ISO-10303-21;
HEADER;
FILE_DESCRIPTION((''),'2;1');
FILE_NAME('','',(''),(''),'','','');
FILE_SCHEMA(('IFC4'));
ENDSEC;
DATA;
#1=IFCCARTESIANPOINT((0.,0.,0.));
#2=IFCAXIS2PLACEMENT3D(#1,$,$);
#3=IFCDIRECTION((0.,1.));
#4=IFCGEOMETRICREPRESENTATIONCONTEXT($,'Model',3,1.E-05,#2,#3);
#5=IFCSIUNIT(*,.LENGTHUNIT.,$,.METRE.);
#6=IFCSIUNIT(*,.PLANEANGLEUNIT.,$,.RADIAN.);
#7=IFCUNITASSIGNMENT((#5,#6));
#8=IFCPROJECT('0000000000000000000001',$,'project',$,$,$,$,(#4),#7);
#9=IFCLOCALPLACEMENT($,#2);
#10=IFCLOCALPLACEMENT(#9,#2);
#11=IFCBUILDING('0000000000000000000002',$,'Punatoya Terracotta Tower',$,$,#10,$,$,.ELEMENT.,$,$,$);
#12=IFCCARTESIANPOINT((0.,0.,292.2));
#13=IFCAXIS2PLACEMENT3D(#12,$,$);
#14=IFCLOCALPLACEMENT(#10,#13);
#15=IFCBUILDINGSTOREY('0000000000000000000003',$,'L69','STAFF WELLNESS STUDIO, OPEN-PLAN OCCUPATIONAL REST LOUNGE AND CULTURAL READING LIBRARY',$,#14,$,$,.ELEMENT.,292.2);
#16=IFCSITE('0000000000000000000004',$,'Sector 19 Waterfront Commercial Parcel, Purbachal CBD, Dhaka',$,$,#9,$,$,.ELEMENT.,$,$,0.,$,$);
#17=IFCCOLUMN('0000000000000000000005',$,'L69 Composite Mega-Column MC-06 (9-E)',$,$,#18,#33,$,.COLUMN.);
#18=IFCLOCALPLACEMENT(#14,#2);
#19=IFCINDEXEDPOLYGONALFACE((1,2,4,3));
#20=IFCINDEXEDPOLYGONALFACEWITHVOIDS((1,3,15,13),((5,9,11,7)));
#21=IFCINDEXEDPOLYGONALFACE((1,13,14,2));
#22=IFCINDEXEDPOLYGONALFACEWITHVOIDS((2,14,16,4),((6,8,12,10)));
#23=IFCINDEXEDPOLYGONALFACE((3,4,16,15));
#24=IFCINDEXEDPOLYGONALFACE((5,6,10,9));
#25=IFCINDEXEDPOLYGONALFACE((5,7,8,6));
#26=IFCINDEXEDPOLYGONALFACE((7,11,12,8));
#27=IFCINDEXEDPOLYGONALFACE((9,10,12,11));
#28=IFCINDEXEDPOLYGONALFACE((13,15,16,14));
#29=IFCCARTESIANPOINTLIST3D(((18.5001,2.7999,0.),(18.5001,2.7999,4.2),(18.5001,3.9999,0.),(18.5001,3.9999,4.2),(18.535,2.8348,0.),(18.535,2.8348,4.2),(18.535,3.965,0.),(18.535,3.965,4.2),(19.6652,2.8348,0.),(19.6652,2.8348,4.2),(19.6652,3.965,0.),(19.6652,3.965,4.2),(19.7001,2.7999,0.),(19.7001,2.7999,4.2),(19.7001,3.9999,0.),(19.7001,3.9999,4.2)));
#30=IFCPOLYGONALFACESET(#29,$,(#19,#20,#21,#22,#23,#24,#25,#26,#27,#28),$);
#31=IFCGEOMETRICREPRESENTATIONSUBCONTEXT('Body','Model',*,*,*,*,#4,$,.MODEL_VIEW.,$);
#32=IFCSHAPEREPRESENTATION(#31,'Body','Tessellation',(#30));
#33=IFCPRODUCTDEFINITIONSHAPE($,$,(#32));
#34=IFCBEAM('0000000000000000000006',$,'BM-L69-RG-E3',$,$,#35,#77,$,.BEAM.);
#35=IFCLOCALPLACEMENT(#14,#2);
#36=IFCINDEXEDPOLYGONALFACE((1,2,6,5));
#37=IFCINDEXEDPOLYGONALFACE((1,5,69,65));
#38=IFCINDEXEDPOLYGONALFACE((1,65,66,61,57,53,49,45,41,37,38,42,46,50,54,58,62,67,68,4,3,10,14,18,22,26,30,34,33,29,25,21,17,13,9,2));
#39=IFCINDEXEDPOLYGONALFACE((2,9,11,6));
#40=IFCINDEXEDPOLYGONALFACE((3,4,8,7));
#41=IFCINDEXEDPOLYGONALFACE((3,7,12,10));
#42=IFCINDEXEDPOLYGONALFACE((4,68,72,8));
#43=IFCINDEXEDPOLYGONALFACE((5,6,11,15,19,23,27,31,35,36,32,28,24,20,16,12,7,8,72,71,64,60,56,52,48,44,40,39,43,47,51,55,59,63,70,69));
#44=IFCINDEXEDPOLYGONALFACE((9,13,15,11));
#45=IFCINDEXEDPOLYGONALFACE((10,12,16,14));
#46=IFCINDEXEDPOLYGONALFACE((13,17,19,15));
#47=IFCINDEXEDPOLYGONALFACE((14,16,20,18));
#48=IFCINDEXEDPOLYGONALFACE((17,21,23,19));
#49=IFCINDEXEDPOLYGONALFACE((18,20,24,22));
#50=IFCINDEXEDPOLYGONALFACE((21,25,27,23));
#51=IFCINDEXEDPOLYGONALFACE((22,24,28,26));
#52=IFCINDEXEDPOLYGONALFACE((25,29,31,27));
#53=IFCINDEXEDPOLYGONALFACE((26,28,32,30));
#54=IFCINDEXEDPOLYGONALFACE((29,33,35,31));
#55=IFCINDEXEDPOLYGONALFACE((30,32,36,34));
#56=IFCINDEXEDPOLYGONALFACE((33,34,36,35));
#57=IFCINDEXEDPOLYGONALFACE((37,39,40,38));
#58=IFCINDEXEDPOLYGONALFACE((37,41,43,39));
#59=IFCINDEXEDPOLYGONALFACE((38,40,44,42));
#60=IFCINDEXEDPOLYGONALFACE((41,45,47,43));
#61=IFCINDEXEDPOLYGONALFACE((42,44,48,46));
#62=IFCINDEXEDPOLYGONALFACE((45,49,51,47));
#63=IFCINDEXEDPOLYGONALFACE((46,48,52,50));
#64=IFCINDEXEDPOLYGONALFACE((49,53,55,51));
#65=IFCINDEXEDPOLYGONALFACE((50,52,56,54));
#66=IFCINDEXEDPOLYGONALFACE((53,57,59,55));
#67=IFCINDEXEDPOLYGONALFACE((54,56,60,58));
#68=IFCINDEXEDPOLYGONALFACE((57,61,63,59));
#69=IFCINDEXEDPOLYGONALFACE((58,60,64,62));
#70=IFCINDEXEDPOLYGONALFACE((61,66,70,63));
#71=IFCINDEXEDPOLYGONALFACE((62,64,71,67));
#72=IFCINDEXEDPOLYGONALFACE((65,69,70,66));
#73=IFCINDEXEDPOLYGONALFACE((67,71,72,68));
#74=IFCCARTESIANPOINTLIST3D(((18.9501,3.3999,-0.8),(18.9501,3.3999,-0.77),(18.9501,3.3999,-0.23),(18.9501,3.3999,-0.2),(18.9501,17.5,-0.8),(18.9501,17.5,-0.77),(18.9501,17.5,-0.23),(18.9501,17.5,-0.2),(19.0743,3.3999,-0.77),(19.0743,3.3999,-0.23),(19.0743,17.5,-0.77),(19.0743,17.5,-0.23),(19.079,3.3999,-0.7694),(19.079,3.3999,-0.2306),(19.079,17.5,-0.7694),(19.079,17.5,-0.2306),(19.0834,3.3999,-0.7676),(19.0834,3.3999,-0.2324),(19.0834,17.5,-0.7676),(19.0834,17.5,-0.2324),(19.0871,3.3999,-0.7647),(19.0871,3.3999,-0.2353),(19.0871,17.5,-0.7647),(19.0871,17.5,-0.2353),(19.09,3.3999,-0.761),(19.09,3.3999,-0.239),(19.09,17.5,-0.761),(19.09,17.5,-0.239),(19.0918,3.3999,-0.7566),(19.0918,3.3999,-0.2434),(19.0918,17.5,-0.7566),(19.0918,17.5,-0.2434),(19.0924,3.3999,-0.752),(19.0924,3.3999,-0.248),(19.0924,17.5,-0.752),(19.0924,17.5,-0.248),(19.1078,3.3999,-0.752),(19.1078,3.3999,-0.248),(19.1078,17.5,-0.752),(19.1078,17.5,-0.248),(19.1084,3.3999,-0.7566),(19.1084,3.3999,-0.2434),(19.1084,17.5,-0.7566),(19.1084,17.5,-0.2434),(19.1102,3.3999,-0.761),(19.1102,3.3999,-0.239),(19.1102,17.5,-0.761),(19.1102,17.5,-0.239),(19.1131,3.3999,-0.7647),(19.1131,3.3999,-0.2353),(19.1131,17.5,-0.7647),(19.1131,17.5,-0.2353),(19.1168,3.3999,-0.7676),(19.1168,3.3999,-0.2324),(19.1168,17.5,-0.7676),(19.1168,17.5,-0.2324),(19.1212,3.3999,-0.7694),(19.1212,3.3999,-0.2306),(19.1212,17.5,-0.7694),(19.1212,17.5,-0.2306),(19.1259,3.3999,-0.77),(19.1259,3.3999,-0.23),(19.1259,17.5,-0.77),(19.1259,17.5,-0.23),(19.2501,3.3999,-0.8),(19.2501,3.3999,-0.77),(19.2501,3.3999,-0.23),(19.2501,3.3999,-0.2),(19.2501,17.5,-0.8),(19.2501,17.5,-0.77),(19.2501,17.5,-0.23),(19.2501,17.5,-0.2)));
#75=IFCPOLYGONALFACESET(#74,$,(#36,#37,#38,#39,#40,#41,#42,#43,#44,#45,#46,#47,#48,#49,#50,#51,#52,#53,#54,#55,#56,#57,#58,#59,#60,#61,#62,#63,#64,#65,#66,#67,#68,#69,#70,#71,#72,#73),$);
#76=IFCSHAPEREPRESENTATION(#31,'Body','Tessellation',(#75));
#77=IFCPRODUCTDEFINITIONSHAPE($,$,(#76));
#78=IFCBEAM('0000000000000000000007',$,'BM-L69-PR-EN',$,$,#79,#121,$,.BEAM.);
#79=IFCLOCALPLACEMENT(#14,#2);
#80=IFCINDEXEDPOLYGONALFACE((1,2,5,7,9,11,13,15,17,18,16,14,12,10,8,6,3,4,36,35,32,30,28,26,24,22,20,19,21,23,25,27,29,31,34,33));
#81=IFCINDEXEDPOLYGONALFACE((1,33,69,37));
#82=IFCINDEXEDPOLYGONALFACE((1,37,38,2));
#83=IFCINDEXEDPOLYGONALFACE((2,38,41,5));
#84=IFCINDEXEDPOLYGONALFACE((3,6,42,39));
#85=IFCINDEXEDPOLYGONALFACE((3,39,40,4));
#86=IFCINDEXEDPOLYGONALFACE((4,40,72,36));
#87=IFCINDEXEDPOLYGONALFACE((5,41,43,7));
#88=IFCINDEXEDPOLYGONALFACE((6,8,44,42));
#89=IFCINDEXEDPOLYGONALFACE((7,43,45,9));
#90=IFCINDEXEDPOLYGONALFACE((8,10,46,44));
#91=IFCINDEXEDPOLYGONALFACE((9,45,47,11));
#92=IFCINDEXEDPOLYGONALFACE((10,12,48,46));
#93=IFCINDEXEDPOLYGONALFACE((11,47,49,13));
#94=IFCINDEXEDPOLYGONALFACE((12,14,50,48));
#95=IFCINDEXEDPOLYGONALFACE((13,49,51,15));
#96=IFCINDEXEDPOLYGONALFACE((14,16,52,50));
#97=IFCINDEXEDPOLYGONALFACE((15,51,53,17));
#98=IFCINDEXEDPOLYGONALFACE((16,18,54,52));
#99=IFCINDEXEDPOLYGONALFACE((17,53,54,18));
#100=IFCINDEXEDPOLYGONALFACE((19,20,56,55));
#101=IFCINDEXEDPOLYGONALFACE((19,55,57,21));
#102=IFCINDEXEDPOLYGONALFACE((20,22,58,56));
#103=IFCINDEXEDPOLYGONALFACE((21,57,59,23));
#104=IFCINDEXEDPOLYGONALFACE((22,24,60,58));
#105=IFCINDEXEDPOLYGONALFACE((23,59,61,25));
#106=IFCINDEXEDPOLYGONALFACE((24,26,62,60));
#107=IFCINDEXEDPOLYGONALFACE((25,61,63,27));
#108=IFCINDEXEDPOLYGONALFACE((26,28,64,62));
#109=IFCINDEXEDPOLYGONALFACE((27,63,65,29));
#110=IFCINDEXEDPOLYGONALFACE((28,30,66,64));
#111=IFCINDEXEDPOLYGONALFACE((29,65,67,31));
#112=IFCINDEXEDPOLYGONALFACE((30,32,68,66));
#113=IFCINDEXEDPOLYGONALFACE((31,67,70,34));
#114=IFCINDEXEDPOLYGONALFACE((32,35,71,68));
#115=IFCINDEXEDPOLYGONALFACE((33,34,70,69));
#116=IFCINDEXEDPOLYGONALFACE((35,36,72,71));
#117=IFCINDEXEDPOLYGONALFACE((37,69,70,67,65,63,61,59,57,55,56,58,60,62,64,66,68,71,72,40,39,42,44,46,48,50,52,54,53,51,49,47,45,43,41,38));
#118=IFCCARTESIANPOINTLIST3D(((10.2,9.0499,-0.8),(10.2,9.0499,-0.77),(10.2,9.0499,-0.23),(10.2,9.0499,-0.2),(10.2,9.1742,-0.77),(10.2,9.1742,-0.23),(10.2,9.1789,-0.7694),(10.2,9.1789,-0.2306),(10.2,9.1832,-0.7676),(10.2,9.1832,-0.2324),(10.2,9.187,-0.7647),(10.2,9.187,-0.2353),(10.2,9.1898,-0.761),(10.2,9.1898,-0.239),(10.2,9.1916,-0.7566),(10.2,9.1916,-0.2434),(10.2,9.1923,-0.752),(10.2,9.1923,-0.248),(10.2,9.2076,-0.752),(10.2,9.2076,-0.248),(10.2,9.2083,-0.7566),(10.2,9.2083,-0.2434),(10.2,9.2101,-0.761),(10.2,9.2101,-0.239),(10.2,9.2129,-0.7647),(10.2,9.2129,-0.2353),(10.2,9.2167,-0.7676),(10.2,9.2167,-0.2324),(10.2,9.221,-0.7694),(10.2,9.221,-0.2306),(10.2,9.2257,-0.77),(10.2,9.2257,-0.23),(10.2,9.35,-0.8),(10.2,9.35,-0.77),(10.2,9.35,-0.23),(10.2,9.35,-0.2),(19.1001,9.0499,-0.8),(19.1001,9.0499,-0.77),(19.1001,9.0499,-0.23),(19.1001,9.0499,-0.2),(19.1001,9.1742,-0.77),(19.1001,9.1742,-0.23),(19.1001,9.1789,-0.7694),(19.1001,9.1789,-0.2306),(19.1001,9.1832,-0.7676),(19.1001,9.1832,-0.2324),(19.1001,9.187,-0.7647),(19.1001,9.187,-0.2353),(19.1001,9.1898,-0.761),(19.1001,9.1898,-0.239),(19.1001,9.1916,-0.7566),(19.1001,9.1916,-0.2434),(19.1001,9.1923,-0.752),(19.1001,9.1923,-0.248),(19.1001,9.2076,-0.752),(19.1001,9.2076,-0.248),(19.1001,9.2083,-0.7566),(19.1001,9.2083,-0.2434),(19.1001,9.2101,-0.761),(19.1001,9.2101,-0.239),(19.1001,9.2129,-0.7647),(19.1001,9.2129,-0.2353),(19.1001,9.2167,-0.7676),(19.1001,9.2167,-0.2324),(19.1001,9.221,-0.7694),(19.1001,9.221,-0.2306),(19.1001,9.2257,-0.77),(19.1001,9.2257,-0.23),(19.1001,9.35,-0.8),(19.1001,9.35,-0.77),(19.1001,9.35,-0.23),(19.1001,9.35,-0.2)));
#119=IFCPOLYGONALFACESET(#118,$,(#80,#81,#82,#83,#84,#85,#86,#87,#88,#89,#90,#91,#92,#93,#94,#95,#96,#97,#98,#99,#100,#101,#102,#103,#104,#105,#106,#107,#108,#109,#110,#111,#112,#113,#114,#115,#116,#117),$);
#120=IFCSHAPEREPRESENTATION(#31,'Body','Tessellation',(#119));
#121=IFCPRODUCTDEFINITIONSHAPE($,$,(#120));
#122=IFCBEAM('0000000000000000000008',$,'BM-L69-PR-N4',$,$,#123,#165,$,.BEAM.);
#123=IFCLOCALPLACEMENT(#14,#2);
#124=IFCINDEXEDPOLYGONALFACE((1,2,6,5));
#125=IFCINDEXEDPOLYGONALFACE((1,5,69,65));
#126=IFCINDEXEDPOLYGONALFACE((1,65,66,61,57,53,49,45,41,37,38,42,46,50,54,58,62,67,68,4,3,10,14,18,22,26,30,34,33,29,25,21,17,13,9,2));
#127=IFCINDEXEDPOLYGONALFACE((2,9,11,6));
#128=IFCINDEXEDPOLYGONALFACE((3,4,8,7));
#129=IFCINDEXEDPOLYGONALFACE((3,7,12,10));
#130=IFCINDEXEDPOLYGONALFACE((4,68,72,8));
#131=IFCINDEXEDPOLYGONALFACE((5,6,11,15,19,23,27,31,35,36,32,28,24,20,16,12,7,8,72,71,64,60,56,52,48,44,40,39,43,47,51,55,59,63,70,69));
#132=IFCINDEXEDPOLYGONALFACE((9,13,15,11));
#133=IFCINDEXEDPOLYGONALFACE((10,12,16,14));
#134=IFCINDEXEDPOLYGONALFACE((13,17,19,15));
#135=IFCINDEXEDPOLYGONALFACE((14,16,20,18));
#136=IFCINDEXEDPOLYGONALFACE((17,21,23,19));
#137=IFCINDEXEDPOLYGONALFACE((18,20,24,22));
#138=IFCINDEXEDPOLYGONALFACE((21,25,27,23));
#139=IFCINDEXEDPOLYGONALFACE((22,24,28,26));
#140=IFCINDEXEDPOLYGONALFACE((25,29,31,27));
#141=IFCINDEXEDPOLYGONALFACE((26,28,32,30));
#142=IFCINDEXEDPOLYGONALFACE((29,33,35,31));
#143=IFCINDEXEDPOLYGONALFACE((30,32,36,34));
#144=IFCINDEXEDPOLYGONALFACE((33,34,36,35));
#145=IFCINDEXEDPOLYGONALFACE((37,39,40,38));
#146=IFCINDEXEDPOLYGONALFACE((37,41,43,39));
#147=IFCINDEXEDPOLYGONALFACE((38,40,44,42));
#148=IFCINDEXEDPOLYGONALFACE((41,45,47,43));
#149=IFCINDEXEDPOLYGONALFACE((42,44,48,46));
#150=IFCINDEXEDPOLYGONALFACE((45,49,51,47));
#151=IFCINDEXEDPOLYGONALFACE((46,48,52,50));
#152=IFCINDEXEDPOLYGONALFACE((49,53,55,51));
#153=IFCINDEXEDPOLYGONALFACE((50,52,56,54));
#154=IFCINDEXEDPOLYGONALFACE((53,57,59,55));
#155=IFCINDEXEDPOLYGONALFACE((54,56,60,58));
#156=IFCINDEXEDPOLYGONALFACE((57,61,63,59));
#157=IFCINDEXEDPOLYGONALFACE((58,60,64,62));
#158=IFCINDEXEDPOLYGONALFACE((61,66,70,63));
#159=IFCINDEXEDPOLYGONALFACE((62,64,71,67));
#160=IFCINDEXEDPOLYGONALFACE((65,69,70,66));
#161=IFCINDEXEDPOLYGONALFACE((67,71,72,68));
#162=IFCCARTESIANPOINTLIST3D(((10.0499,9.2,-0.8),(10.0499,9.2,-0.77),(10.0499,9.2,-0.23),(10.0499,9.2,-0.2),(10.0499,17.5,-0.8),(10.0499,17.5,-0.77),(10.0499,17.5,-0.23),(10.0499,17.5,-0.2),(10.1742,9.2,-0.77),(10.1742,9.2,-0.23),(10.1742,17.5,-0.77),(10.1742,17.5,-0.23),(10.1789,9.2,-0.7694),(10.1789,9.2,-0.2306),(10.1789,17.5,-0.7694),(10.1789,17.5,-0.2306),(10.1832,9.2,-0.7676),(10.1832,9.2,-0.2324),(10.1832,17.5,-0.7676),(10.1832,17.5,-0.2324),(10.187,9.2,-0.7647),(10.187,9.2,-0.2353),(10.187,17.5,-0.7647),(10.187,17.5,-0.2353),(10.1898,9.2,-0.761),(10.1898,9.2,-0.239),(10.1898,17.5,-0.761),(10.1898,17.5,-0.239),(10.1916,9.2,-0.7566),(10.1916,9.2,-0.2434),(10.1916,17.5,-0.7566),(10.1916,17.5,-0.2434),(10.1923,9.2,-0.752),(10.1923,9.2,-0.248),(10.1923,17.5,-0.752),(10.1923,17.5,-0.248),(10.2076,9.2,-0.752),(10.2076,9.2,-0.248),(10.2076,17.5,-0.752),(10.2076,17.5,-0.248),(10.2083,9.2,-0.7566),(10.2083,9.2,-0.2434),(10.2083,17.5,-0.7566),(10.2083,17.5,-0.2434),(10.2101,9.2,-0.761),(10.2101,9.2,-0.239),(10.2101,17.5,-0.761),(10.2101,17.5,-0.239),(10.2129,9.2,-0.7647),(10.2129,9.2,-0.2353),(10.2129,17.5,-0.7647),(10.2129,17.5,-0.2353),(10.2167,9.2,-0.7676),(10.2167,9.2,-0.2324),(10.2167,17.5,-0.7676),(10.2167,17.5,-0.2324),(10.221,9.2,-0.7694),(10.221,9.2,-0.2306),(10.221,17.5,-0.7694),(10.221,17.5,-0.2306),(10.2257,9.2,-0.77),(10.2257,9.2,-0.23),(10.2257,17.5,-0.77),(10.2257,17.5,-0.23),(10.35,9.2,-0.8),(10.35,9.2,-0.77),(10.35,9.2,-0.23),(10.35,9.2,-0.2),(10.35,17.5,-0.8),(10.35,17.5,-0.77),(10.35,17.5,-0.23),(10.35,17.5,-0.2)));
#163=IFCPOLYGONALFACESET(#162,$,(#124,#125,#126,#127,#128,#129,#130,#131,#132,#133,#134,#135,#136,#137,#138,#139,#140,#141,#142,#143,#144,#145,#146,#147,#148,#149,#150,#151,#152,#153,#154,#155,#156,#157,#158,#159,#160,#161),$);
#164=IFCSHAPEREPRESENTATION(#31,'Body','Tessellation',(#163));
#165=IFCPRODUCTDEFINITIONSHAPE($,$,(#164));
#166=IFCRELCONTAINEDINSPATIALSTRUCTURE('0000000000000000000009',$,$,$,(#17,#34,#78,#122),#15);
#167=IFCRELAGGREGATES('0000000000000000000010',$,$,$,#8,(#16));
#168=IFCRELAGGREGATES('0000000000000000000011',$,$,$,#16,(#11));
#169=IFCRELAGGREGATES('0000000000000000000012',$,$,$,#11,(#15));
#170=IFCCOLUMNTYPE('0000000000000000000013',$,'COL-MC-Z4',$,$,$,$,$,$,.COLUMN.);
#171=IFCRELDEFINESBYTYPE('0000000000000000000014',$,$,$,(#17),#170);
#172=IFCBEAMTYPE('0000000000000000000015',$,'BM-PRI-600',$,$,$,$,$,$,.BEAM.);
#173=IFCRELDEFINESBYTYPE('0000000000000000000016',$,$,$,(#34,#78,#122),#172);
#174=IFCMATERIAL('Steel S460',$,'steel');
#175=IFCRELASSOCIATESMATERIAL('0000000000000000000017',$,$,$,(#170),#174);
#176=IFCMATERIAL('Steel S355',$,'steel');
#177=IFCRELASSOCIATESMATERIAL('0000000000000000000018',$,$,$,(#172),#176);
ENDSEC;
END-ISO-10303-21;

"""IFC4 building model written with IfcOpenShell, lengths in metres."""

from ifc_helpers import new_model, si_unit, direction, frame, origin, origin_2d, place, context, subcontext, project, spatial, hollow_rectangle, i_section, extrude, material, material_profile, profile_set, type_object, element, save


model = new_model("IFC4")

# Units and contexts
model_context = context("Model", 3, precision=1e-05, world=origin(), true_north=direction((0.0, 1.0)))
body_context = subcontext(model_context, "Body", "Model", "MODEL_VIEW")
ifc_project = project(units=[si_unit("LENGTHUNIT", "METRE"), si_unit("PLANEANGLEUNIT", "RADIAN")], contexts=[model_context])

# Site, building, storey
site_placement = place(None, origin())
site = spatial("IfcSite", under=ifc_project, at=site_placement, Name="Sector 19 Waterfront Commercial Parcel, Purbachal CBD, Dhaka", CompositionType="ELEMENT", RefElevation=0.0)
building_placement = place(site_placement, origin())
building = spatial("IfcBuilding", under=site, at=building_placement, Name="Punatoya Terracotta Tower", CompositionType="ELEMENT")
storey_placement = place(building_placement, frame((0.0, 0.0, 292.2)))
storey = spatial("IfcBuildingStorey", under=building, at=storey_placement, Name="L69", Description="STAFF WELLNESS STUDIO, OPEN-PLAN OCCUPATIONAL REST LOUNGE AND CULTURAL READING LIBRARY", CompositionType="ELEMENT", Elevation=292.2)

# Column
ifc_material_1 = material(Name="Steel S460", Category="steel")
ifc_material_profile_1 = material_profile(ifc_material_1, hollow_rectangle(XDim=1.2, YDim=1.2, WallThickness=0.0349, at=origin_2d()))
ifc_profile_set_1 = profile_set([ifc_material_profile_1], Name="Steel S460")
column_type = type_object("IfcColumnType", Name="COL-MC-Z4", PredefinedType="COLUMN", material=ifc_profile_set_1)
column_placement = place(storey_placement, frame((19.1001, 3.3999, 0.0), z_axis=(0.0, 0.0, 1.0), x_axis=(1.0, 0.0, 0.0)))
element("IfcColumn", 1, at=column_placement, inside=storey, type_object=column_type, Name="L69 Composite Mega-Column MC-06 (9-E)", PredefinedType="COLUMN", context=body_context, shape_type="SweptSolid", body=[
    extrude(hollow_rectangle(XDim=1.2, YDim=1.2, WallThickness=0.0349, at=origin_2d()), origin(), (0.0, 0.0, 1.0), 4.2),
])

# Beams
ifc_material_2 = material(Name="Steel S355", Category="steel")
ifc_material_profile_2 = material_profile(ifc_material_2, i_section(OverallWidth=0.3, OverallDepth=0.6001, WebThickness=0.0154, FlangeThickness=0.03, FilletRadius=0.0181, at=origin_2d()))
ifc_profile_set_2 = profile_set([ifc_material_profile_2], Name="Steel S355")
beam_type_1 = type_object("IfcBeamType", Name="BM-PRI-600", PredefinedType="BEAM", material=ifc_profile_set_2)
beam_1_placement = place(storey_placement, frame((19.1001, 3.3999, -0.5), z_axis=(0.0, 1.0, 0.0), x_axis=(-1.0, 0.0, 0.0)))
element("IfcBeam", 2, at=beam_1_placement, inside=storey, type_object=beam_type_1, Name="BM-L69-RG-E3", PredefinedType="BEAM", context=body_context, shape_type="SweptSolid", body=[
    extrude(i_section(OverallWidth=0.3, OverallDepth=0.6001, WebThickness=0.0154, FlangeThickness=0.03, FilletRadius=0.0181, at=origin_2d()), origin(), (0.0, 0.0, 1.0), 14.1001),
])
beam_2_placement = place(storey_placement, frame((10.2, 9.2, -0.5), z_axis=(1.0, 0.0, 0.0), x_axis=(0.0, 1.0, 0.0)))
element("IfcBeam", 3, at=beam_2_placement, inside=storey, type_object=beam_type_1, Name="BM-L69-PR-EN", PredefinedType="BEAM", context=body_context, shape_type="SweptSolid", body=[
    extrude(i_section(OverallWidth=0.3, OverallDepth=0.6001, WebThickness=0.0154, FlangeThickness=0.03, FilletRadius=0.0181, at=origin_2d()), origin(), (0.0, 0.0, 1.0), 8.9001),
])
beam_3_placement = place(storey_placement, frame((10.2, 9.2, -0.5), z_axis=(0.0, 1.0, 0.0), x_axis=(-1.0, 0.0, 0.0)))
element("IfcBeam", 4, at=beam_3_placement, inside=storey, type_object=beam_type_1, Name="BM-L69-PR-N4", PredefinedType="BEAM", context=body_context, shape_type="SweptSolid", body=[
    extrude(i_section(OverallWidth=0.3, OverallDepth=0.6001, WebThickness=0.0154, FlangeThickness=0.03, FilletRadius=0.0181, at=origin_2d()), origin(), (0.0, 0.0, 1.0), 8.3),
])

save(model, "model.ifc")
